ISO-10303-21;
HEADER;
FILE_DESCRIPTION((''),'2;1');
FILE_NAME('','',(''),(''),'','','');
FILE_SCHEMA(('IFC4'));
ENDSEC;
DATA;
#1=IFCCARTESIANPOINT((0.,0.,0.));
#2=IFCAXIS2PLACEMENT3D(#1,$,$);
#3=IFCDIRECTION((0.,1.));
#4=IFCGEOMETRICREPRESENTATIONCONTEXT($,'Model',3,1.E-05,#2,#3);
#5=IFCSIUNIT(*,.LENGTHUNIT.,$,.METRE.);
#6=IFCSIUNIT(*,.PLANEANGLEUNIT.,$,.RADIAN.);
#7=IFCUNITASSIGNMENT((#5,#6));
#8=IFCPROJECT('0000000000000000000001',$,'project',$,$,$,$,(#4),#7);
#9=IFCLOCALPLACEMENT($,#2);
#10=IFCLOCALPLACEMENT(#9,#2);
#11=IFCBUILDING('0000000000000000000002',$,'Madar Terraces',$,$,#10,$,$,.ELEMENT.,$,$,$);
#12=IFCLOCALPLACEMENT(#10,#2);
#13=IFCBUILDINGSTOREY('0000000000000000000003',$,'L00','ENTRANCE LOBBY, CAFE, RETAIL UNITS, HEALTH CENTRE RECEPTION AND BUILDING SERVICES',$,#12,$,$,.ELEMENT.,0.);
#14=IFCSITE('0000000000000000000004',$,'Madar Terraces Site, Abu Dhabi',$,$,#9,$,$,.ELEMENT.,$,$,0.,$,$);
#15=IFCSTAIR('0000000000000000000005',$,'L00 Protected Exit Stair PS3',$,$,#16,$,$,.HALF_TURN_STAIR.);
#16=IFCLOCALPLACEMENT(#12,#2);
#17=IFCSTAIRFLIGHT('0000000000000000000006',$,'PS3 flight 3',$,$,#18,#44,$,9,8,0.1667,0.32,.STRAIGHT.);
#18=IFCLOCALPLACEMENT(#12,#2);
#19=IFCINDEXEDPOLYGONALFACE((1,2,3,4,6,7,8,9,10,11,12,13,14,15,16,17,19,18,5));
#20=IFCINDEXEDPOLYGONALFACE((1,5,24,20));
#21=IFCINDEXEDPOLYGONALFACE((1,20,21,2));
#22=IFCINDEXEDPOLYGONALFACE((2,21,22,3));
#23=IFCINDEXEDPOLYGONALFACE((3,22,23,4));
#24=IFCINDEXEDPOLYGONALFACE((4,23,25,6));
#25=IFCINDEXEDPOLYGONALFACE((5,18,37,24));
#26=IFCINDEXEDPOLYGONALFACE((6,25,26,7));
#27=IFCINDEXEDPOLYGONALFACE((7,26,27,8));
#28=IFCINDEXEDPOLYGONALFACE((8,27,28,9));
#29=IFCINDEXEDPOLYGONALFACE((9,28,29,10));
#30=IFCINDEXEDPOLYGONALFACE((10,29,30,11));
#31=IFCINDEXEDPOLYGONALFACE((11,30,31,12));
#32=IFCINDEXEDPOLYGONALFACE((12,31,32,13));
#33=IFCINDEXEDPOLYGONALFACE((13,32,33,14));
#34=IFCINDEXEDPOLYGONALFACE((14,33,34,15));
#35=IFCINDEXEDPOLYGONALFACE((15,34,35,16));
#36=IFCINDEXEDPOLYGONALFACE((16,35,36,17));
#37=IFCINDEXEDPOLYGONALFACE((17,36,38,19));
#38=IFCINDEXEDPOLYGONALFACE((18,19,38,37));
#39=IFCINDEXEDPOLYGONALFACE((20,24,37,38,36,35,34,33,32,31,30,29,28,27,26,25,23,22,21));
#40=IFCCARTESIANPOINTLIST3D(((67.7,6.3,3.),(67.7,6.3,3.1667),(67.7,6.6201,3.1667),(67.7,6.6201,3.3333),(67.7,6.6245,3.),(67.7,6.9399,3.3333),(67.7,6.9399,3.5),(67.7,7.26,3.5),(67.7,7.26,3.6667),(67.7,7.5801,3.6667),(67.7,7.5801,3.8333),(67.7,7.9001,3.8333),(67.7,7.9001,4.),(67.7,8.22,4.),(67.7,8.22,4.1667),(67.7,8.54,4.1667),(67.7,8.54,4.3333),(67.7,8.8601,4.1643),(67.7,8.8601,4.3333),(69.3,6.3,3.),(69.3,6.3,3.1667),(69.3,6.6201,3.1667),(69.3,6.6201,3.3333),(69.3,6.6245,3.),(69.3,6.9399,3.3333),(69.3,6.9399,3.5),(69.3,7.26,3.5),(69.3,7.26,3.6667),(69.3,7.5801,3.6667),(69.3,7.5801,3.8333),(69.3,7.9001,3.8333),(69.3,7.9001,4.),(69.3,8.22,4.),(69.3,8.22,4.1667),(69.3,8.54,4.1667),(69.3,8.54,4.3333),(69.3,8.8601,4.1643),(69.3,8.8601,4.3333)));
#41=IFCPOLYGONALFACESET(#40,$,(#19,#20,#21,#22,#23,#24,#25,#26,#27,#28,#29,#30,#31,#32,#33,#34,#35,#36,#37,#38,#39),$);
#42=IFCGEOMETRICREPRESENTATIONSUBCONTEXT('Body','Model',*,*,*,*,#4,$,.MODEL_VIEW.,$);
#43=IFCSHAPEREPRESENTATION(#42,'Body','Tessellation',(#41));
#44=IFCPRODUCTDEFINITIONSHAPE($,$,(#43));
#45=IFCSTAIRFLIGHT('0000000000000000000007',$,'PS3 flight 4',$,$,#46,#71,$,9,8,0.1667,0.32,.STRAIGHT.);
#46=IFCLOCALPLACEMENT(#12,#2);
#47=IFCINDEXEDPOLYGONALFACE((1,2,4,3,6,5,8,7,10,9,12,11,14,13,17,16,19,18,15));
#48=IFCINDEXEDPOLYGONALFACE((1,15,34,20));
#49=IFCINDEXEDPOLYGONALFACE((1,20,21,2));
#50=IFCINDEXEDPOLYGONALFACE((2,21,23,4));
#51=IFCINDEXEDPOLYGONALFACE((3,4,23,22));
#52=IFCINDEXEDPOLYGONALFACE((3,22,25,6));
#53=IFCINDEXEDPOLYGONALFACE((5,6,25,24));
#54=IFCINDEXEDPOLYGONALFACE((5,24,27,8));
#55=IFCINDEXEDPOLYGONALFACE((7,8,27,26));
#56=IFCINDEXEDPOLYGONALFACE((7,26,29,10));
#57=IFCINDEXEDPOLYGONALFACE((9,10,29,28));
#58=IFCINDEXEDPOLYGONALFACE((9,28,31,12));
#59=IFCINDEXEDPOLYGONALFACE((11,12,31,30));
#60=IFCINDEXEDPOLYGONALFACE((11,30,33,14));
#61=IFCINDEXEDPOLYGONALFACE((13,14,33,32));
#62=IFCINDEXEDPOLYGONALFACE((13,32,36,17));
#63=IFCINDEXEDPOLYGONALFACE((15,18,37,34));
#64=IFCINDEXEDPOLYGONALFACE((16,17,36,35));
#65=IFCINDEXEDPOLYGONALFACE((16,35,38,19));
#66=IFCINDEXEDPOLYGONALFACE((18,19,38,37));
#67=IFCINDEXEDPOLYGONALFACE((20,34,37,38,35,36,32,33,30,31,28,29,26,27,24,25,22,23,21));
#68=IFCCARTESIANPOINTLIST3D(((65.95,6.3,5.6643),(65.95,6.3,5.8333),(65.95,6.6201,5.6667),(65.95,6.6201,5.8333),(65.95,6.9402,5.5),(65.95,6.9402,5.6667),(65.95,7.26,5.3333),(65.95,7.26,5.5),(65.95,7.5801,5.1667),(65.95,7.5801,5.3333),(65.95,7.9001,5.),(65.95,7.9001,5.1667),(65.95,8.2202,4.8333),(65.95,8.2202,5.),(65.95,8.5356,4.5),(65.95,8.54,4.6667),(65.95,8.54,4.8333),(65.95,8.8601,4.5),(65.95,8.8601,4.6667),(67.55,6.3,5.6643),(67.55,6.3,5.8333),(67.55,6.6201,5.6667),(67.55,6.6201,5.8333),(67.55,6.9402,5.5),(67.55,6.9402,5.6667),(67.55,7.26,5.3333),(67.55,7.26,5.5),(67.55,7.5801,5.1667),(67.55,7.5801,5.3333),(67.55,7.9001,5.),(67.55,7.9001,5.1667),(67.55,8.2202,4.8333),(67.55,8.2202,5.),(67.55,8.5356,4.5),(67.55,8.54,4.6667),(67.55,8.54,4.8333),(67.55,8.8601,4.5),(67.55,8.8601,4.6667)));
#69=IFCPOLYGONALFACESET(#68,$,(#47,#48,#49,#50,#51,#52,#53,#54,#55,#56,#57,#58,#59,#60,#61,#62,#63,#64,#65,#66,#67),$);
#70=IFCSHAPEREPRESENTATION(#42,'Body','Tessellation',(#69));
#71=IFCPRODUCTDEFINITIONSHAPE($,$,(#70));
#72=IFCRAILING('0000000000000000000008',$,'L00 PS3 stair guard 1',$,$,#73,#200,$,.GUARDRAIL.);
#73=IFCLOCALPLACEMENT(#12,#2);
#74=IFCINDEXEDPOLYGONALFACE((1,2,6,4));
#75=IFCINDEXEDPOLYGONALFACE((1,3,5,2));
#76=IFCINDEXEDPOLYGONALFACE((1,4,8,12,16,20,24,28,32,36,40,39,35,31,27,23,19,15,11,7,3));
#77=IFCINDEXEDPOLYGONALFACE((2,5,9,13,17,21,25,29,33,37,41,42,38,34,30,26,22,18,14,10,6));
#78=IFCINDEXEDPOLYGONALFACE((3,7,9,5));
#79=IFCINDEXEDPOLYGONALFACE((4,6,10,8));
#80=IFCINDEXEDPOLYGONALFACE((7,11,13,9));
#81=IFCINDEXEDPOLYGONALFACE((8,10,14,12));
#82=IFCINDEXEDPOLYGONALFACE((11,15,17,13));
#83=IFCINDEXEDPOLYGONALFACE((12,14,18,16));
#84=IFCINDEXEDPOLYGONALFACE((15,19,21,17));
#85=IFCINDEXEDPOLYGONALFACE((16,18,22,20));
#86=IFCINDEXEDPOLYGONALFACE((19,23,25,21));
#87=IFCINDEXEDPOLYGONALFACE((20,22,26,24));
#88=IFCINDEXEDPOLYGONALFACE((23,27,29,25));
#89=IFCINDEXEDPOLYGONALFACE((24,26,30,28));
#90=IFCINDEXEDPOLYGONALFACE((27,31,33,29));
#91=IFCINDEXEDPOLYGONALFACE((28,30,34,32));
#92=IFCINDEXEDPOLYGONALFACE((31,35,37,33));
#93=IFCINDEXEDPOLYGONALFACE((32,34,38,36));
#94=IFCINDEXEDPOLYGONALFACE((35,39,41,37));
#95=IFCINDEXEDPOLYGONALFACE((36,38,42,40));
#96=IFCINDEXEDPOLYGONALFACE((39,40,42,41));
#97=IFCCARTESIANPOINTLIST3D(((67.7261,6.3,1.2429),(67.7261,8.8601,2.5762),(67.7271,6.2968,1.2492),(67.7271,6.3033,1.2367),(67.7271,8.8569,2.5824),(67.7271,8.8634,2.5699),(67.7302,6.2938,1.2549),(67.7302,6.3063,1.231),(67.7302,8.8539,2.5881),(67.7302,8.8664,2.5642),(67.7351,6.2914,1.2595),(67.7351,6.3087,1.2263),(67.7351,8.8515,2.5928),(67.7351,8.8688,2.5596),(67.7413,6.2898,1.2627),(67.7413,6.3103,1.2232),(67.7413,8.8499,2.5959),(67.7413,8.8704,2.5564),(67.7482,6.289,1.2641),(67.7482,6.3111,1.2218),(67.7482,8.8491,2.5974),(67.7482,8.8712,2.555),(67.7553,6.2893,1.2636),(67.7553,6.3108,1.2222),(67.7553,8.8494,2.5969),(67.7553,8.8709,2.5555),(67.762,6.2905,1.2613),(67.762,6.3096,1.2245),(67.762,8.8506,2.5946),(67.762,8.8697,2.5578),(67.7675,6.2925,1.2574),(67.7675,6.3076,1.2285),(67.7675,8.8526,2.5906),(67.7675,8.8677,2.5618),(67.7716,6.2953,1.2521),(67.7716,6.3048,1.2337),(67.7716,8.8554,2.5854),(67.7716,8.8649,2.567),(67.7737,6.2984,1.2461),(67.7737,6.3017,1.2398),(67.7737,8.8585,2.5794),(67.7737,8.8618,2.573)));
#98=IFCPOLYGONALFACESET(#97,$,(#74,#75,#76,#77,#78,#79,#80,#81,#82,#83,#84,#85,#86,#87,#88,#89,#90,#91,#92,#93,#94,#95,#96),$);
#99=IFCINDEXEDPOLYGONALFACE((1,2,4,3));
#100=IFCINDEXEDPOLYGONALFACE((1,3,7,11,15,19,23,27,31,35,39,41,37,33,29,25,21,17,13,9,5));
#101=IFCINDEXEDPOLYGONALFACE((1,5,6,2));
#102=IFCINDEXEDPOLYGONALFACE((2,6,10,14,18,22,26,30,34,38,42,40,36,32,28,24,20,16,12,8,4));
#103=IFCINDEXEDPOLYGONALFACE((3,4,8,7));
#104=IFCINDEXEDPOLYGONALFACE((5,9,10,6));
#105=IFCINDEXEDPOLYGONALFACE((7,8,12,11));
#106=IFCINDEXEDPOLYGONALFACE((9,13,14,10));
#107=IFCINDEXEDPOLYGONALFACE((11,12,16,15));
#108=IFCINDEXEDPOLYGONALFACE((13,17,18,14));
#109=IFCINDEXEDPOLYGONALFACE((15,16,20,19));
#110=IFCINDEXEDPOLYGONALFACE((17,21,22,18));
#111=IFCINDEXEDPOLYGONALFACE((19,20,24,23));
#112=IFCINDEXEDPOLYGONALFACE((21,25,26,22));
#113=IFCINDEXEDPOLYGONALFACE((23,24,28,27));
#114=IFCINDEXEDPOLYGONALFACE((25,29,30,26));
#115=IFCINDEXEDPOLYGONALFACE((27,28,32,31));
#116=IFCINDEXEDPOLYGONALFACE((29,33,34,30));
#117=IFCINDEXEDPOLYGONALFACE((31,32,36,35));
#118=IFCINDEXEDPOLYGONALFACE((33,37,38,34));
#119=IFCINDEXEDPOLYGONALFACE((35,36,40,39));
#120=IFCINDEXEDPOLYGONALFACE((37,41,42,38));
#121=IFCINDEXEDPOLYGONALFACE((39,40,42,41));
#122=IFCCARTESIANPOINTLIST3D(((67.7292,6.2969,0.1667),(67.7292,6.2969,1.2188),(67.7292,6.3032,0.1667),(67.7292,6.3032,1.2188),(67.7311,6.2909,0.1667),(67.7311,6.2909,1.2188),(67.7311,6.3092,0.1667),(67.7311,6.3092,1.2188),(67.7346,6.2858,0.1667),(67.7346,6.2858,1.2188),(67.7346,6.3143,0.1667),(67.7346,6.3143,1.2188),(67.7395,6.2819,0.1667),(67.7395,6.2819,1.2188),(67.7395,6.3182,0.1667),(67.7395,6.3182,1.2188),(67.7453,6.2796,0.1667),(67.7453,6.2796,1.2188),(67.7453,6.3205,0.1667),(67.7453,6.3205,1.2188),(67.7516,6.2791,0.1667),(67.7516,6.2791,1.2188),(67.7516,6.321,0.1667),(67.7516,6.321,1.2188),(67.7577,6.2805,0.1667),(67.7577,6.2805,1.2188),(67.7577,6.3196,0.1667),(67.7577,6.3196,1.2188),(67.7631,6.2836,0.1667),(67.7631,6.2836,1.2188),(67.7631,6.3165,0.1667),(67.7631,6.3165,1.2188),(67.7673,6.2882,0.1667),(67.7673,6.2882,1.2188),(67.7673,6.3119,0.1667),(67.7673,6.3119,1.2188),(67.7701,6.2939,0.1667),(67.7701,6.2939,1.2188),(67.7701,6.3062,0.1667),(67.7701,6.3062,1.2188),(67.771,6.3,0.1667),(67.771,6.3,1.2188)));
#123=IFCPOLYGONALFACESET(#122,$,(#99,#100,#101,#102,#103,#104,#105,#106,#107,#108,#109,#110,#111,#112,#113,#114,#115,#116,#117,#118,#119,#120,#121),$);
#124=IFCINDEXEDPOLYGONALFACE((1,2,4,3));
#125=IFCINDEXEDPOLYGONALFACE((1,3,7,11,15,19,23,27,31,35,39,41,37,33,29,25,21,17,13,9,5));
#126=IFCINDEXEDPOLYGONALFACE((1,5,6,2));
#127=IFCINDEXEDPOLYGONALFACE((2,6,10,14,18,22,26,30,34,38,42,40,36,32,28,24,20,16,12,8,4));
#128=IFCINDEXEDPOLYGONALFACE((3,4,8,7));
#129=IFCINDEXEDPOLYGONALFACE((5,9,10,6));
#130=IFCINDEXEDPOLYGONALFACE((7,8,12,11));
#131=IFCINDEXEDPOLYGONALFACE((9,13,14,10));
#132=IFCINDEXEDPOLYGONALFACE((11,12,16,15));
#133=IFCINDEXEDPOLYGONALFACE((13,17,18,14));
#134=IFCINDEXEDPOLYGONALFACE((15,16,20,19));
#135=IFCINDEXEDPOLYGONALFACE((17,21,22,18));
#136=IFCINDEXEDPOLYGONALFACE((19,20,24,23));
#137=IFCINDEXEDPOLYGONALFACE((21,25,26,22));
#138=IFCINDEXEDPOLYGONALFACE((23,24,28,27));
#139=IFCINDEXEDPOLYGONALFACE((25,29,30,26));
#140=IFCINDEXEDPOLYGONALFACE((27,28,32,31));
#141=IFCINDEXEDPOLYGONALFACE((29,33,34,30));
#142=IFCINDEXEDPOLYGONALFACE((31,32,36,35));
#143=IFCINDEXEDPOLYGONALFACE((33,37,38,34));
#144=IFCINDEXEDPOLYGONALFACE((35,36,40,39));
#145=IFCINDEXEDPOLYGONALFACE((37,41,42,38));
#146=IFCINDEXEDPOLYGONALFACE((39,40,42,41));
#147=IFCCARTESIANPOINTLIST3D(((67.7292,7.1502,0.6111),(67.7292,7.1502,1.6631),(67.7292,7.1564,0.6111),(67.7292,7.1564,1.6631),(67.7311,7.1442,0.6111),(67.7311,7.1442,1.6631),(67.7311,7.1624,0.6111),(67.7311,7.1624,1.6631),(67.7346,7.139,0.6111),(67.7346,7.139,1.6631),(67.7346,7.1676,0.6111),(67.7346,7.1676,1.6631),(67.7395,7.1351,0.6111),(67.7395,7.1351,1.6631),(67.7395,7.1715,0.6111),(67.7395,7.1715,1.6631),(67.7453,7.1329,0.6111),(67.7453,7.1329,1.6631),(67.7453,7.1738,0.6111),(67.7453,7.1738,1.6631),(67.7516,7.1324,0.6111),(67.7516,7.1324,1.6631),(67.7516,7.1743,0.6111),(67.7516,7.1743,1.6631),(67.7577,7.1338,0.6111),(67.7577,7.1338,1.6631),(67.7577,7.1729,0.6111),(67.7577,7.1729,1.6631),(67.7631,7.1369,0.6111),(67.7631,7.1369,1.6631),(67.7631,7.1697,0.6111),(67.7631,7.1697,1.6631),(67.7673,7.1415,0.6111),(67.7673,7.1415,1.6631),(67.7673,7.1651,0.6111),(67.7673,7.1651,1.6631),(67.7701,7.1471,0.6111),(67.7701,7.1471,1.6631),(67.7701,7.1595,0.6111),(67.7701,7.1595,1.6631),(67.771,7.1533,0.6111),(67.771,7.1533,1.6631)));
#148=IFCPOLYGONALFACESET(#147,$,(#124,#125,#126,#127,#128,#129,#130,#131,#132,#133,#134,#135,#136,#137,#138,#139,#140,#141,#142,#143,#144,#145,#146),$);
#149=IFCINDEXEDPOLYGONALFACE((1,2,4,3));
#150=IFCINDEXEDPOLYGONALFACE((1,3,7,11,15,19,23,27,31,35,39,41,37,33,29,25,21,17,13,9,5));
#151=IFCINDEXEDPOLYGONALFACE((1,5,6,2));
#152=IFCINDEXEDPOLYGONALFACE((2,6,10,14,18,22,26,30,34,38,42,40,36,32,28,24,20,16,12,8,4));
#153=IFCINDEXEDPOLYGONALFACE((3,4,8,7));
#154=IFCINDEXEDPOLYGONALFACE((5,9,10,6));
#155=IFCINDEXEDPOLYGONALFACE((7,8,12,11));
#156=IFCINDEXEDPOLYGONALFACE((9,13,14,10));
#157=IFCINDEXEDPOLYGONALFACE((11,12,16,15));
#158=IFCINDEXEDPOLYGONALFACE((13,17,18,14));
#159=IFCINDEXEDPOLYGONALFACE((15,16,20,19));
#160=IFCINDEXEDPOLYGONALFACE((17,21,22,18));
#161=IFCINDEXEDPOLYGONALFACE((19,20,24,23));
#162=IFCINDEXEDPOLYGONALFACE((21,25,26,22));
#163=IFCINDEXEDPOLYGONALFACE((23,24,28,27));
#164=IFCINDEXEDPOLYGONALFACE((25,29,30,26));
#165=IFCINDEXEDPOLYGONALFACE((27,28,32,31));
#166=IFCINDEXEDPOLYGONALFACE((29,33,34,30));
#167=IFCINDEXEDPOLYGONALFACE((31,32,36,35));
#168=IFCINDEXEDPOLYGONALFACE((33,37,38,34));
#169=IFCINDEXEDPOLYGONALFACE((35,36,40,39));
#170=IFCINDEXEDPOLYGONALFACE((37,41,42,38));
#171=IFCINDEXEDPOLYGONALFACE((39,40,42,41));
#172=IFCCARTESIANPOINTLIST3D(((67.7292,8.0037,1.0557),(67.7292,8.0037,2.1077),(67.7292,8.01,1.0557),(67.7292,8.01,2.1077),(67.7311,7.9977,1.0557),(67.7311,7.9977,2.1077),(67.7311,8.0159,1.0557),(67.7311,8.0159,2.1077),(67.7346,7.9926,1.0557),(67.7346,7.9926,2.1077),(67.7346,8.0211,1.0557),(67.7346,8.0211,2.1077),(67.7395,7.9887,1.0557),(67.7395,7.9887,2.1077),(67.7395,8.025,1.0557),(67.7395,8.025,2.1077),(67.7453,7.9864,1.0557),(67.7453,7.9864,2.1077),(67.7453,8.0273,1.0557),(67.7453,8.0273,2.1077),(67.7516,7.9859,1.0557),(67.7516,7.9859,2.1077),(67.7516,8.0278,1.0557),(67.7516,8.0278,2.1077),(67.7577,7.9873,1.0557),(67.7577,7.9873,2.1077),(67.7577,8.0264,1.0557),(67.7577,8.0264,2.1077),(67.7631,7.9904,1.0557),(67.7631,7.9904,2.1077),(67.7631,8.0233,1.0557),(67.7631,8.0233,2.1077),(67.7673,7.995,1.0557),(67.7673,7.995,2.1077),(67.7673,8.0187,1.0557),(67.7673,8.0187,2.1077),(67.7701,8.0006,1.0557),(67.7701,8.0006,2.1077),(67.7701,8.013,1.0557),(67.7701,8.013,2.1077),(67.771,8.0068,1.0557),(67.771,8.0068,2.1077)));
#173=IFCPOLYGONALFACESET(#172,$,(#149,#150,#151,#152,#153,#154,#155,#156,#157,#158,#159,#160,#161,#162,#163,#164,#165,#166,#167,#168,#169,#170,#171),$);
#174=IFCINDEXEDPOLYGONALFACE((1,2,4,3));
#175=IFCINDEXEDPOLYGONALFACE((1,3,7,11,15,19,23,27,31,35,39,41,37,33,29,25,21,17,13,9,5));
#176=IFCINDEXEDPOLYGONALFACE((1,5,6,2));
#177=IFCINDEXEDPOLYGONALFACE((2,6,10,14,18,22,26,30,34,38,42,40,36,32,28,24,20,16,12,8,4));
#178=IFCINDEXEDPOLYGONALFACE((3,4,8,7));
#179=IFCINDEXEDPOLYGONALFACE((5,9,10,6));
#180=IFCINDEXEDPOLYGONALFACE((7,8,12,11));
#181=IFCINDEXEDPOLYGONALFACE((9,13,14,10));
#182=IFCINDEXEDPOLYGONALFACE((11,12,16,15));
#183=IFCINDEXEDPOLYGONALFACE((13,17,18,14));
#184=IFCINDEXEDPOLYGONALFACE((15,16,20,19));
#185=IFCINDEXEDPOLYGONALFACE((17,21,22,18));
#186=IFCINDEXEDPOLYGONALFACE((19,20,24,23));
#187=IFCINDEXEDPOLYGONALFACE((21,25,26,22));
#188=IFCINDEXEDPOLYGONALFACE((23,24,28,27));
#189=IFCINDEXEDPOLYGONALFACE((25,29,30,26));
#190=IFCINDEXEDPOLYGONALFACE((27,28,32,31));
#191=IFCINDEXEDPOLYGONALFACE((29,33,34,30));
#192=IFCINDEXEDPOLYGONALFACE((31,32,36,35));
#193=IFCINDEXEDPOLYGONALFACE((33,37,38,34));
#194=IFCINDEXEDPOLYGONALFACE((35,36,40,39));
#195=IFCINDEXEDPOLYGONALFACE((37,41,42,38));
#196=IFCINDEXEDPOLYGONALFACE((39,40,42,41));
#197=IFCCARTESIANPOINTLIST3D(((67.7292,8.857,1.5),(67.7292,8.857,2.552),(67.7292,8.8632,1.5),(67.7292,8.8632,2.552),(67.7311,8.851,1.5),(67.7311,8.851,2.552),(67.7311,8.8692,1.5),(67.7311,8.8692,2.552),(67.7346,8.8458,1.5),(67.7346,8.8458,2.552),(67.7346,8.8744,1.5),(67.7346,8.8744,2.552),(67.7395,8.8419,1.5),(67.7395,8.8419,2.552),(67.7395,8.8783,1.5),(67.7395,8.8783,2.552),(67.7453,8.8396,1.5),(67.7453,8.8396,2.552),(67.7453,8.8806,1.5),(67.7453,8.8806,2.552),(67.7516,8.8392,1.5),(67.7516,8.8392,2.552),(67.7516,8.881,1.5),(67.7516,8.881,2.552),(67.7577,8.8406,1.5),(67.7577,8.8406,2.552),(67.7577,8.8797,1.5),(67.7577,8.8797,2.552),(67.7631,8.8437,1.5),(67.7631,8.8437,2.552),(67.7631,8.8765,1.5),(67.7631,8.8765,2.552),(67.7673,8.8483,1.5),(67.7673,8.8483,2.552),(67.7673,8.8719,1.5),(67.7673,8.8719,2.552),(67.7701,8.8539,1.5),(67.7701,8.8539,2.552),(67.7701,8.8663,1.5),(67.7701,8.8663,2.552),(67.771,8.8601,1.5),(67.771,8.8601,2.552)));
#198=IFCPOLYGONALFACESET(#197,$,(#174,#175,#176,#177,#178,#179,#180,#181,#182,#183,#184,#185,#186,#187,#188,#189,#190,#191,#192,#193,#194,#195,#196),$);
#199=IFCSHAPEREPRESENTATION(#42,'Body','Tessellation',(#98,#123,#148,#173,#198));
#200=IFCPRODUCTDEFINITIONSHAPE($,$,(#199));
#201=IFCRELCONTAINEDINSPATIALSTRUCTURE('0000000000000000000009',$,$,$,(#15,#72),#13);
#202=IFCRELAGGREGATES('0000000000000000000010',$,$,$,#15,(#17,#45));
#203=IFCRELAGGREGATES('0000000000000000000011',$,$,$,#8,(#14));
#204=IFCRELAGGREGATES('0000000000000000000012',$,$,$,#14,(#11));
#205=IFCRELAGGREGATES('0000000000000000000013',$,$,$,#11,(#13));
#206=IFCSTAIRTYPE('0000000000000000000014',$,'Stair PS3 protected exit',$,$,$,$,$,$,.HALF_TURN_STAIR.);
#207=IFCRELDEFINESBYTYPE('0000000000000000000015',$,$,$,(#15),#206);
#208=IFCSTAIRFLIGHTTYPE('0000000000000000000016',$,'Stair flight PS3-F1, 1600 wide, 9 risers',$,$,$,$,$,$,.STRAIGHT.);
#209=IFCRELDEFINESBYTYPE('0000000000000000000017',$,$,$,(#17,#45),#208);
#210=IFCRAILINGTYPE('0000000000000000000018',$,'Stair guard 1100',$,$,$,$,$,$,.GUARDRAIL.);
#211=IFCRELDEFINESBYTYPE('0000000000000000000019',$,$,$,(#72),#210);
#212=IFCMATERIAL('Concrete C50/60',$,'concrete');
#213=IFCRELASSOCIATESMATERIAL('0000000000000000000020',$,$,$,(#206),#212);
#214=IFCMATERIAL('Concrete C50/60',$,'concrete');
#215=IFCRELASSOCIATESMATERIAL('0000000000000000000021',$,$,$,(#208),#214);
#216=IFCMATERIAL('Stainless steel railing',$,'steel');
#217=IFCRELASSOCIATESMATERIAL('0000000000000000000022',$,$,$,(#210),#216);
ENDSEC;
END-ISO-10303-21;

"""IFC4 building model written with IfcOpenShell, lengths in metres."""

from ifc_helpers import new_model, si_unit, direction, frame, origin, origin_2d, place, context, subcontext, project, spatial, polyline, circle, outline, extrude, material, type_object, element, aggregate, save


model = new_model("IFC4")

# Units and contexts
model_context = context("Model", 3, precision=1e-05, world=origin(), true_north=direction((0.0, 1.0)))
body_context = subcontext(model_context, "Body", "Model", "MODEL_VIEW")
ifc_project = project(units=[si_unit("LENGTHUNIT", "METRE"), si_unit("PLANEANGLEUNIT", "RADIAN")], contexts=[model_context])

# Site, building, storey
site_placement = place(None, origin())
site = spatial("IfcSite", under=ifc_project, at=site_placement, Name="Madar Terraces Site, Abu Dhabi", CompositionType="ELEMENT", RefElevation=0.0)
building_placement = place(site_placement, origin())
building = spatial("IfcBuilding", under=site, at=building_placement, Name="Madar Terraces", CompositionType="ELEMENT")
storey_placement = place(building_placement, origin())
storey = spatial("IfcBuildingStorey", under=building, at=storey_placement, Name="L00", Description="ENTRANCE LOBBY, CAFE, RETAIL UNITS, HEALTH CENTRE RECEPTION AND BUILDING SERVICES", CompositionType="ELEMENT", Elevation=0.0)

# Stair, stair flights
ifc_material_1 = material(Name="Concrete C50/60", Category="concrete")
stair_type = type_object("IfcStairType", Name="Stair PS3 protected exit", PredefinedType="HALF_TURN_STAIR", material=ifc_material_1)
stair_placement = place(storey_placement, origin())
stair = element("IfcStair", 1, at=stair_placement, inside=storey, type_object=stair_type, Name="L00 Protected Exit Stair PS3", PredefinedType="HALF_TURN_STAIR")
ifc_material_2 = material(Name="Concrete C50/60", Category="concrete")
stair_flight_type = type_object("IfcStairFlightType", Name="Stair flight PS3-F1, 1600 wide, 9 risers", PredefinedType="STRAIGHT", material=ifc_material_2)
stair_flight_1_placement = place(storey_placement, frame((68.5, 6.3, 3.0), z_axis=(0.0, 0.0, 1.0), x_axis=(0.0, 1.0, 0.0)))
stair_flight_1 = element("IfcStairFlight", 2, at=stair_flight_1_placement, type_object=stair_flight_type, Name="PS3 flight 3", NumberOfRisers=9, NumberOfTreads=8, PredefinedType="STRAIGHT", RiserHeight=0.1667, TreadLength=0.32, context=body_context, shape_type="SweptSolid", body=[
    extrude(outline(polyline([(0.0, 0.0), (0.0, 0.1667), (0.3201, 0.1667), (0.3201, 0.3333), (0.6399, 0.3333), (0.6399, 0.5), (0.96, 0.5), (0.96, 0.6667), (1.28, 0.6667), (1.28, 0.8333), (1.6001, 0.8333), (1.6001, 1.0), (1.9199, 1.0), (1.9199, 1.1667), (2.24, 1.1667), (2.24, 1.3333), (2.5601, 1.3333), (2.5601, 1.5), (2.5601, 1.1643), (0.3245, 0.0), (0.0, 0.0)])), frame((0.0, 0.8, 0.0), z_axis=(0.0, -1.0, 0.0), x_axis=(1.0, 0.0, 0.0)), (0.0, 0.0, 1.0), 1.6001),
])
stair_flight_2_placement = place(storey_placement, frame((66.75, 8.8601, 4.5), z_axis=(0.0, 0.0, 1.0), x_axis=(0.0, -1.0, 0.0)))
stair_flight_2 = element("IfcStairFlight", 3, at=stair_flight_2_placement, type_object=stair_flight_type, Name="PS3 flight 4", NumberOfRisers=9, NumberOfTreads=8, PredefinedType="STRAIGHT", RiserHeight=0.1667, TreadLength=0.32, context=body_context, shape_type="SweptSolid", body=[
    extrude(outline(polyline([(0.0, 0.0), (0.0, 0.1667), (0.3201, 0.1667), (0.3201, 0.3333), (0.6399, 0.3333), (0.6399, 0.5), (0.96, 0.5), (0.96, 0.6667), (1.28, 0.6667), (1.28, 0.8333), (1.6001, 0.8333), (1.6001, 1.0), (1.9199, 1.0), (1.9199, 1.1667), (2.24, 1.1667), (2.24, 1.3333), (2.5601, 1.3333), (2.5601, 1.5), (2.5601, 1.1643), (0.3245, 0.0), (0.0, 0.0)])), frame((0.0, 0.8, 0.0), z_axis=(0.0, -1.0, 0.0), x_axis=(1.0, 0.0, 0.0)), (0.0, 0.0, 1.0), 1.6001),
])
aggregate(stair, [stair_flight_1, stair_flight_2])

# Railing
ifc_material_3 = material(Name="Stainless steel railing", Category="steel")
railing_type_1 = type_object("IfcRailingType", Name="Stair guard 1100", PredefinedType="GUARDRAIL", material=ifc_material_3)
railing_1_placement = place(storey_placement, frame((67.75, 6.3, 0.1667)))
element("IfcRailing", 4, at=railing_1_placement, inside=storey, type_object=railing_type_1, Name="L00 PS3 stair guard 1", PredefinedType="GUARDRAIL", context=body_context, shape_type="SweptSolid", body=[
    extrude(circle(Radius=0.0239, at=origin_2d()), frame((0.0, 0.0, 1.0762), z_axis=(0.0, 0.88693, 0.461904), x_axis=(-1.0, 0.0, 0.0)), (0.0, 0.0, 1.0), 2.8865),
    extrude(circle(Radius=0.021, at=origin_2d()), origin(), (0.0, 0.0, 1.0), 1.052),
    extrude(circle(Radius=0.021, at=origin_2d()), frame((0.0, 0.8533, 0.4443)), (0.0, 0.0, 1.0), 1.052),
    extrude(circle(Radius=0.021, at=origin_2d()), frame((0.0, 1.7068, 0.8889)), (0.0, 0.0, 1.0), 1.052),
    extrude(circle(Radius=0.021, at=origin_2d()), frame((0.0, 2.5601, 1.3333)), (0.0, 0.0, 1.0), 1.052),
])

save(model, "model.ifc")
